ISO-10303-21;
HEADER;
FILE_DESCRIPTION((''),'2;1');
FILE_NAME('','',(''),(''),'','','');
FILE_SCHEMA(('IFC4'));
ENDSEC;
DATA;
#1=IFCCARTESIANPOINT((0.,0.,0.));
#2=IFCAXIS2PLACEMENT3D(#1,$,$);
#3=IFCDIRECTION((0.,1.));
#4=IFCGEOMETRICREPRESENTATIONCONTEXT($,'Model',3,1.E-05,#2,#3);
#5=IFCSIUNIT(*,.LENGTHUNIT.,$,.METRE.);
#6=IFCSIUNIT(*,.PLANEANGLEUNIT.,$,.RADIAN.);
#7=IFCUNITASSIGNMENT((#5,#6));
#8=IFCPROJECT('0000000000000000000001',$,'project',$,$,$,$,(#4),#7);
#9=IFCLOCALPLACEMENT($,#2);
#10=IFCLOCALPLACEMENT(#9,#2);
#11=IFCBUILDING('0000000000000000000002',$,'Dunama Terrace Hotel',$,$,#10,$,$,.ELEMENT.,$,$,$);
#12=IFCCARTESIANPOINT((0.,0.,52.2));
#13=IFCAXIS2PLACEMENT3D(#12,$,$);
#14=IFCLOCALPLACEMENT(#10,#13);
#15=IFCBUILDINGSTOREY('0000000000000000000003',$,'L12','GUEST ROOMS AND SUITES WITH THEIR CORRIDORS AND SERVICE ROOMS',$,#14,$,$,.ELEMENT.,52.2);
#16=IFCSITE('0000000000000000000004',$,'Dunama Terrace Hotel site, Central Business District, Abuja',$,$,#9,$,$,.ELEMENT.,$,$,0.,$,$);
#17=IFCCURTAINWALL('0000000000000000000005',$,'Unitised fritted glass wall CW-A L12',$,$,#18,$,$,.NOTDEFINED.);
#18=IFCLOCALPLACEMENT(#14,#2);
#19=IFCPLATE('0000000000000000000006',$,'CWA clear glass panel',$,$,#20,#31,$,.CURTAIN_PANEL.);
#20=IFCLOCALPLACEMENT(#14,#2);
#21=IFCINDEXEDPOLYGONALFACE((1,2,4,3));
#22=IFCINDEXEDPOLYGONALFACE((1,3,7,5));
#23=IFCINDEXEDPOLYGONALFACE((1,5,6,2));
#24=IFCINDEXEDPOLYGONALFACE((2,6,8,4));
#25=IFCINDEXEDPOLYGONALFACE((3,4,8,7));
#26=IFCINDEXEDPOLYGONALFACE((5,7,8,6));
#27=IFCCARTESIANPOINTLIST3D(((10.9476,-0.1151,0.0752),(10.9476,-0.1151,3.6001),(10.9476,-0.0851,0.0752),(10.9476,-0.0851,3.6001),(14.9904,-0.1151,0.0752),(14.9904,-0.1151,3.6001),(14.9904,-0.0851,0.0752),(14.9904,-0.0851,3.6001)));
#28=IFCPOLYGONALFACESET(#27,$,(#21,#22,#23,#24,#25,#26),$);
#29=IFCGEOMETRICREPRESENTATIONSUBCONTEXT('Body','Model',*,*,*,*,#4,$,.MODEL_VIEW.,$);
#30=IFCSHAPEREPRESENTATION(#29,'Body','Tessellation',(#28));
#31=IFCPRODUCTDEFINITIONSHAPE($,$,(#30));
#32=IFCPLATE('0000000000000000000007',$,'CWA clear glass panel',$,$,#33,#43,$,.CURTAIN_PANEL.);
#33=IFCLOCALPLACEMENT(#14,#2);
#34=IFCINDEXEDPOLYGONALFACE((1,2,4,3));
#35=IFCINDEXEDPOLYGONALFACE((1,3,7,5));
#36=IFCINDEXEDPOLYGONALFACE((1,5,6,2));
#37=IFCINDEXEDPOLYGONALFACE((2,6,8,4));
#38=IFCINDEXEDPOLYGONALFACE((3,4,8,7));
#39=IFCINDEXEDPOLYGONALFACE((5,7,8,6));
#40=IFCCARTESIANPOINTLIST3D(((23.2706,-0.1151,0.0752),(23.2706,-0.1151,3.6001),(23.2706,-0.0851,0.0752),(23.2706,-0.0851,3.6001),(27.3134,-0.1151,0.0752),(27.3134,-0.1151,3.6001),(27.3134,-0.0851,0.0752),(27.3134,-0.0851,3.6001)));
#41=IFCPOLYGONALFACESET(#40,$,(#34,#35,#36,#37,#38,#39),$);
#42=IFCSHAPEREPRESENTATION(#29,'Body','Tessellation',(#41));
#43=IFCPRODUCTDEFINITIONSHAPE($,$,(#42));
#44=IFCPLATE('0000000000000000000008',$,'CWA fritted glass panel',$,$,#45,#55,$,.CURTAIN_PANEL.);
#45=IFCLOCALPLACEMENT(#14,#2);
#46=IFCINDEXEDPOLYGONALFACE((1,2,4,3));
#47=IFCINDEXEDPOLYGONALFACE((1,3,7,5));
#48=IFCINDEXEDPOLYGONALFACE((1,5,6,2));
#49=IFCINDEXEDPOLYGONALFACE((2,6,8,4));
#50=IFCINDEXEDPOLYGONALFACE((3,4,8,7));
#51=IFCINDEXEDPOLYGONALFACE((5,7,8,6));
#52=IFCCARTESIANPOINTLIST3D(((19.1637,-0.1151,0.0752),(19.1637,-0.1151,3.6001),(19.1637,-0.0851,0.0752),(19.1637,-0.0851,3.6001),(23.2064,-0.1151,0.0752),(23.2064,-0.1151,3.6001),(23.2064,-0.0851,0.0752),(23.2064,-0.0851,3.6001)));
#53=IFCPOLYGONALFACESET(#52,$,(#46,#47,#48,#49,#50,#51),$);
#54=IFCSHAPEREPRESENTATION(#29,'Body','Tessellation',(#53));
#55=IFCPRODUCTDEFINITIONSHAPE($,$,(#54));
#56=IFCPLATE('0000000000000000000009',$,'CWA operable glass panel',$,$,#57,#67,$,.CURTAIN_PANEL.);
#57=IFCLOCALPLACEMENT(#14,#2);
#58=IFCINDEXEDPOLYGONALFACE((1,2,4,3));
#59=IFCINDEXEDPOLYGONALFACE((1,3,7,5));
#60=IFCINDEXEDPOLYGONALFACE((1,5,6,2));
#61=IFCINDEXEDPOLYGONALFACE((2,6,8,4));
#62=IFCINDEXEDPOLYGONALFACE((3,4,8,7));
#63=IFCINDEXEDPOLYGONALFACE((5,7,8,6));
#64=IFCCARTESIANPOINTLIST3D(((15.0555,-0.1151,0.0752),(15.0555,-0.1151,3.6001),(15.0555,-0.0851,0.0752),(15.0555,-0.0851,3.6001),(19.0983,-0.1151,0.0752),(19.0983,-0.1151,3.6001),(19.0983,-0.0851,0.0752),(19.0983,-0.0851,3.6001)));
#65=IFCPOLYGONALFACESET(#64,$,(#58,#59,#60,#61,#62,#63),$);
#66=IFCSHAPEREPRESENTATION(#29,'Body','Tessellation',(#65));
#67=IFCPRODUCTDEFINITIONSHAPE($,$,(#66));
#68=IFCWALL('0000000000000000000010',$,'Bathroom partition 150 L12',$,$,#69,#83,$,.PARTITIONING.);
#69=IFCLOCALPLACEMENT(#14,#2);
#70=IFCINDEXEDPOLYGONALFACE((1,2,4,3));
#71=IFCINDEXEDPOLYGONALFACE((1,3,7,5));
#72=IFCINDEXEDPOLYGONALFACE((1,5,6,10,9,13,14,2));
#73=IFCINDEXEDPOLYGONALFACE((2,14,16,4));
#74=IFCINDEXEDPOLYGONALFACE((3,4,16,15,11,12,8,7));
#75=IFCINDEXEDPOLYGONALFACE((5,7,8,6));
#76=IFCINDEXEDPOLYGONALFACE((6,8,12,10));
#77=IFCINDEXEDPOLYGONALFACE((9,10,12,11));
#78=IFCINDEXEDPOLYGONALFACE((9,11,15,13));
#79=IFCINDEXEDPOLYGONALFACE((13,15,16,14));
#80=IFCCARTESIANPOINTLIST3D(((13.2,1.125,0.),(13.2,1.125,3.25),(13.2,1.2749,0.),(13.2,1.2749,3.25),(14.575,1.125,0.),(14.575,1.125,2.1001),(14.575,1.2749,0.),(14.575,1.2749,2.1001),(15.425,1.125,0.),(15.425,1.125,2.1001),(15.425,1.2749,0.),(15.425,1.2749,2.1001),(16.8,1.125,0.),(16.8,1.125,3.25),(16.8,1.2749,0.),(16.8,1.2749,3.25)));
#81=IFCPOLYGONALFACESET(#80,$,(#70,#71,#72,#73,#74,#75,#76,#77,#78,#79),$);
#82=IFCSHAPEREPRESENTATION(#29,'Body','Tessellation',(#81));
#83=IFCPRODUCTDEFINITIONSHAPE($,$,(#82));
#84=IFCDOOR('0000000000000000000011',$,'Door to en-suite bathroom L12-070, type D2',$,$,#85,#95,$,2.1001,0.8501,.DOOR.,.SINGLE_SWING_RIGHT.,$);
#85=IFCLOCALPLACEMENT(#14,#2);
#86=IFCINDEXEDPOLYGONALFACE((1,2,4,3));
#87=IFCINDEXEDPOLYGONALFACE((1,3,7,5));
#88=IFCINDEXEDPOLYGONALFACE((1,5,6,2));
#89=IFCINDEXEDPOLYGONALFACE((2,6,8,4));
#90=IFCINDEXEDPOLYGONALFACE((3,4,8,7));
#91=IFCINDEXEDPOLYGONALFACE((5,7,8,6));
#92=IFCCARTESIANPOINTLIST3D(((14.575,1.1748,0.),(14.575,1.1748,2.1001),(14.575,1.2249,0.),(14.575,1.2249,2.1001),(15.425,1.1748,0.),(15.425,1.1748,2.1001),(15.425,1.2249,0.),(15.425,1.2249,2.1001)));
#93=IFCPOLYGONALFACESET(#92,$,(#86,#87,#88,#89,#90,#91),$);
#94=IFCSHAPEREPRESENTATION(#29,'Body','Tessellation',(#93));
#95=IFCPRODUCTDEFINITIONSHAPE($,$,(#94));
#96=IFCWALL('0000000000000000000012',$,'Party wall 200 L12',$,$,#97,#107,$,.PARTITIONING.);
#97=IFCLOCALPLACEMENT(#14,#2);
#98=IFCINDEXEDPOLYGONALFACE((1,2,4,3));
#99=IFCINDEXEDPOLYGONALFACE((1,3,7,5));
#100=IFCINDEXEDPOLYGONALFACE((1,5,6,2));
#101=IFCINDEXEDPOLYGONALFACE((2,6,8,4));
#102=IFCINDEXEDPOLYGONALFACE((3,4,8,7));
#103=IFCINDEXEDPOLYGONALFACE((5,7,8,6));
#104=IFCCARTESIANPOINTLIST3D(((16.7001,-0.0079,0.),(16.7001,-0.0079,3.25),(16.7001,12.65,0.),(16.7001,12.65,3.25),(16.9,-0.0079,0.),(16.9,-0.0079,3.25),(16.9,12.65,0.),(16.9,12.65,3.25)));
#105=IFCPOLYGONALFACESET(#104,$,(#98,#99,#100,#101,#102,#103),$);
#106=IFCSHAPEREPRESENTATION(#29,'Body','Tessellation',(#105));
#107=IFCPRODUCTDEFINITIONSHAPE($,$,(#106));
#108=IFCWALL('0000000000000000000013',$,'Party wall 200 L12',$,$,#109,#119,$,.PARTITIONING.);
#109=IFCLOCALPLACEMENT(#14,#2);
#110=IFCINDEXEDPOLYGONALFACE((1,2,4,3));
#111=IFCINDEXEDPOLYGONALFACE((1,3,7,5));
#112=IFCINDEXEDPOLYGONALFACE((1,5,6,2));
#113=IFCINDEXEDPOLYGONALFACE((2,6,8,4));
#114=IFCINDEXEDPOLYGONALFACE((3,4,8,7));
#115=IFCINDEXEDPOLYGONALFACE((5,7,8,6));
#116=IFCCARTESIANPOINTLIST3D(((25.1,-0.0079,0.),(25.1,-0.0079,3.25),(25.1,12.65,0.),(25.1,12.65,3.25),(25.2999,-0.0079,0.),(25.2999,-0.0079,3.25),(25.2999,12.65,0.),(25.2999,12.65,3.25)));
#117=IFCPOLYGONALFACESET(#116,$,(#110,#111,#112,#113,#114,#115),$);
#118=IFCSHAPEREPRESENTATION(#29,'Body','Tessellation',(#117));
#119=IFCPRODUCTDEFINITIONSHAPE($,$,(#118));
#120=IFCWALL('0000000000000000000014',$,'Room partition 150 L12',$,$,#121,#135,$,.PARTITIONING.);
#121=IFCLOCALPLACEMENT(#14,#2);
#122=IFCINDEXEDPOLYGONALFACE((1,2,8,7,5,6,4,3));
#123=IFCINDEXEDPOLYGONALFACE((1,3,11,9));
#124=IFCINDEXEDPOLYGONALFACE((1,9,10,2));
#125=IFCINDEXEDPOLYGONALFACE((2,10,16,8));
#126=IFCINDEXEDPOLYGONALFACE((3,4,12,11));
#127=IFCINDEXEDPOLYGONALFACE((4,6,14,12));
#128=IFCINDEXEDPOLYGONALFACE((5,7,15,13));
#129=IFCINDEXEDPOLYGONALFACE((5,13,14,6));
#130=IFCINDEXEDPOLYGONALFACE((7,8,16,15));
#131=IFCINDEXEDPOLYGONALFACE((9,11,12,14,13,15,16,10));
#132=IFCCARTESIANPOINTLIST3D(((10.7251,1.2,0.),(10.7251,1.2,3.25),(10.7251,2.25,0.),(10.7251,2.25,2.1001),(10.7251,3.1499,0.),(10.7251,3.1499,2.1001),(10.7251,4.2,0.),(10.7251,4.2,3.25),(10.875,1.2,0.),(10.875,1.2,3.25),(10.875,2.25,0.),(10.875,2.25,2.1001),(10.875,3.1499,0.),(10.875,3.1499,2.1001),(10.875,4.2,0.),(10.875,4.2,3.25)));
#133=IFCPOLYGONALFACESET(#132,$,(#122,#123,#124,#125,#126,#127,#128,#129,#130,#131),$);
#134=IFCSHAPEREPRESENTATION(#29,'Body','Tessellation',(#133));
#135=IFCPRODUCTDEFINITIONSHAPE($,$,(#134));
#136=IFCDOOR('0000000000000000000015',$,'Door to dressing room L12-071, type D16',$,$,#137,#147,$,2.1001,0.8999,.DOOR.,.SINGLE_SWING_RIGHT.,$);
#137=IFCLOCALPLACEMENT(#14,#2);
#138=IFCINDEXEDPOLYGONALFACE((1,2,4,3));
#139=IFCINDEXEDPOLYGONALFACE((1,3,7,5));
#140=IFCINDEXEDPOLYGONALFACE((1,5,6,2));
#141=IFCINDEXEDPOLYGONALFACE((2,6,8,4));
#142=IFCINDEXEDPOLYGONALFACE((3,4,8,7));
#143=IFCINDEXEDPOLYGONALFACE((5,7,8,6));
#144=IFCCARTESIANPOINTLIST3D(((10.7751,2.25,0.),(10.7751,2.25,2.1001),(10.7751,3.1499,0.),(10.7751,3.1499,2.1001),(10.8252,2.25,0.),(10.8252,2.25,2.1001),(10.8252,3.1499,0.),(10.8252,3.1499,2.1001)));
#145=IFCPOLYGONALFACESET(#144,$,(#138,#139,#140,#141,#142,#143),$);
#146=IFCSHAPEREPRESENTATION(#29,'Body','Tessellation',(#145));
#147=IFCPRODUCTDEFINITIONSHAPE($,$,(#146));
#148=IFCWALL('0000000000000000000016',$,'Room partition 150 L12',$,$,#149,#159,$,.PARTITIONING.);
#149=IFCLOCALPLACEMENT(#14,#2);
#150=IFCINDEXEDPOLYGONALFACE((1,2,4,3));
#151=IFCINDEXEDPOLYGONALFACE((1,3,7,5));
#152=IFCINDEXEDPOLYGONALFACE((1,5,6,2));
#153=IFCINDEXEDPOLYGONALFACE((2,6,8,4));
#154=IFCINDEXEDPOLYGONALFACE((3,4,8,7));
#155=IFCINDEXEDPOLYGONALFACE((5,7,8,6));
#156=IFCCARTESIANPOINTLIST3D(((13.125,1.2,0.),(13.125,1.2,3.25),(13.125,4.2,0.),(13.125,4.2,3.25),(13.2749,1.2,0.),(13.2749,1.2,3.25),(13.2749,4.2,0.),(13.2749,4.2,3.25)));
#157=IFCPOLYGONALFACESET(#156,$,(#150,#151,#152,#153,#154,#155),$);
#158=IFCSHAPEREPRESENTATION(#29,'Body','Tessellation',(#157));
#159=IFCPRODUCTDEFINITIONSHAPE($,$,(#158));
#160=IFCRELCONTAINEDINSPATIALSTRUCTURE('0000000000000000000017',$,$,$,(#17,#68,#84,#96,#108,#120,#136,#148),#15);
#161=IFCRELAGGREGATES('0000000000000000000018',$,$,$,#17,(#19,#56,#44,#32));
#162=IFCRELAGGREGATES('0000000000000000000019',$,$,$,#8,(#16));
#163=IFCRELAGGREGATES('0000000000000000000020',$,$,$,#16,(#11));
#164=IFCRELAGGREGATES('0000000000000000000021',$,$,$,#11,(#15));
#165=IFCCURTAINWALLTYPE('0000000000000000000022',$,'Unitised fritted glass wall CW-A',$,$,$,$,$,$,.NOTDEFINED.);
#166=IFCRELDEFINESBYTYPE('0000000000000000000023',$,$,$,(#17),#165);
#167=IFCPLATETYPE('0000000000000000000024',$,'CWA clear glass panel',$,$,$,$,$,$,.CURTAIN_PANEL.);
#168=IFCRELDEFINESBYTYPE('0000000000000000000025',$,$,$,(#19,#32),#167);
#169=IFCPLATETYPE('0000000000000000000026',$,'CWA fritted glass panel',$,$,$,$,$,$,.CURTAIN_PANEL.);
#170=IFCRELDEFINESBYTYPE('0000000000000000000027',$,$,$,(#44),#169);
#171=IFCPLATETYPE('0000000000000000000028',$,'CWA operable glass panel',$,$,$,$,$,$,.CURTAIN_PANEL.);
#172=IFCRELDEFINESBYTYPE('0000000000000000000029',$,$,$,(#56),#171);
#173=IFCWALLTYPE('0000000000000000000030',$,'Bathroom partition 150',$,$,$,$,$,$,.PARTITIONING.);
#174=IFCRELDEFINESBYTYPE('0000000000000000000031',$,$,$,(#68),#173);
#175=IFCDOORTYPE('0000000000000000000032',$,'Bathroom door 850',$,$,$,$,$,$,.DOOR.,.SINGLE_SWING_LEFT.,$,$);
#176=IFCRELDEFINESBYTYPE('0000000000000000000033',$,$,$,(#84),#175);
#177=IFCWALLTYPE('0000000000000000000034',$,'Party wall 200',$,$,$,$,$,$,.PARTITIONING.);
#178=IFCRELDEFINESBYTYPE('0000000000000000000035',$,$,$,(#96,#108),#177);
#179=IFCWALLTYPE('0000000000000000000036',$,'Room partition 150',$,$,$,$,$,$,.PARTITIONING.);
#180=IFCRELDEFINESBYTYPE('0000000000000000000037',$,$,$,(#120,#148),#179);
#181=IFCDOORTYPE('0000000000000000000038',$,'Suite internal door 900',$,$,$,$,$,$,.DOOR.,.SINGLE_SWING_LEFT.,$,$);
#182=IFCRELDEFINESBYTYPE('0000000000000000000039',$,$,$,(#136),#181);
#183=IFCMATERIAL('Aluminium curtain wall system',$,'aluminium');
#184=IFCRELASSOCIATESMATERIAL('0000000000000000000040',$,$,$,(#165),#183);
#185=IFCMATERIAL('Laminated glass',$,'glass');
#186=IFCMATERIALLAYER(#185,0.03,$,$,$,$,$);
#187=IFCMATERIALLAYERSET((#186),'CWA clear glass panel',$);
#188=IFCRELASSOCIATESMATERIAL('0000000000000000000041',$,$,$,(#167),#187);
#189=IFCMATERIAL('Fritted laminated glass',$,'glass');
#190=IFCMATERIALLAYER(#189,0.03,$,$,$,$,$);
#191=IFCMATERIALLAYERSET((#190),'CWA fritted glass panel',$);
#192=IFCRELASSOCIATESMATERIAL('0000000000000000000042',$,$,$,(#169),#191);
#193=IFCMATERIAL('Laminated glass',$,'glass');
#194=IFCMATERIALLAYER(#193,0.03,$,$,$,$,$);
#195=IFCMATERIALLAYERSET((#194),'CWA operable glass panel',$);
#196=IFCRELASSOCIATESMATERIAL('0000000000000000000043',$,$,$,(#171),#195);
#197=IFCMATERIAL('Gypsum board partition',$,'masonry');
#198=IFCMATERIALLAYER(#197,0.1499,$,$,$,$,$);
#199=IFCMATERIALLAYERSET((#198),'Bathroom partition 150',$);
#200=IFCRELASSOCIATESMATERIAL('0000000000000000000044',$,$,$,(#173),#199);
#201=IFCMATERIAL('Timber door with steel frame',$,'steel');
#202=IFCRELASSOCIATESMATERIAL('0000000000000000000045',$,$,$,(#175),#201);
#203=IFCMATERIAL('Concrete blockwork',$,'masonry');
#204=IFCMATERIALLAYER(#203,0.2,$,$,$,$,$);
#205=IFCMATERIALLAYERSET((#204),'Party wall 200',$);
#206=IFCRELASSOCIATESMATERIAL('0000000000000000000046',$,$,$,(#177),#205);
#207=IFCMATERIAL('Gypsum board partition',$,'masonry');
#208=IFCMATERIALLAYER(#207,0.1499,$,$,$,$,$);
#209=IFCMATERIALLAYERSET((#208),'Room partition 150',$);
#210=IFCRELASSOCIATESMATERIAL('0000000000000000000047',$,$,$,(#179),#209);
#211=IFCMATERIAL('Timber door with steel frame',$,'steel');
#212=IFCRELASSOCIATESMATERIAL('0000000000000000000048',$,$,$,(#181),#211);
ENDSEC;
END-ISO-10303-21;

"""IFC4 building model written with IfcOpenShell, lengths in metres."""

from ifc_helpers import new_model, si_unit, direction, frame, frame_2d, origin, origin_2d, place, context, subcontext, project, spatial, rectangle, extrude, material, layer, layer_set, type_object, element, fill, aggregate, save


model = new_model("IFC4")

# Units and contexts
model_context = context("Model", 3, precision=1e-05, world=origin(), true_north=direction((0.0, 1.0)))
body_context = subcontext(model_context, "Body", "Model", "MODEL_VIEW")
ifc_project = project(units=[si_unit("LENGTHUNIT", "METRE"), si_unit("PLANEANGLEUNIT", "RADIAN")], contexts=[model_context])

# Site, building, storey
site_placement = place(None, origin())
site = spatial("IfcSite", under=ifc_project, at=site_placement, Name="Dunama Terrace Hotel site, Central Business District, Abuja", CompositionType="ELEMENT", RefElevation=0.0)
building_placement = place(site_placement, origin())
building = spatial("IfcBuilding", under=site, at=building_placement, Name="Dunama Terrace Hotel", CompositionType="ELEMENT")
storey_placement = place(building_placement, frame((0.0, 0.0, 52.2)))
storey = spatial("IfcBuildingStorey", under=building, at=storey_placement, Name="L12", Description="GUEST ROOMS AND SUITES WITH THEIR CORRIDORS AND SERVICE ROOMS", CompositionType="ELEMENT", Elevation=52.2)

# Curtain wall
ifc_material_1 = material(Name="Aluminium curtain wall system", Category="aluminium")
curtain_wall_type = type_object("IfcCurtainWallType", Name="Unitised fritted glass wall CW-A", PredefinedType="NOTDEFINED", material=ifc_material_1)
curtain_wall_placement = place(storey_placement, origin())
curtain_wall = element("IfcCurtainWall", 1, at=curtain_wall_placement, inside=storey, type_object=curtain_wall_type, Name="Unitised fritted glass wall CW-A L12", PredefinedType="NOTDEFINED")

# Plates
ifc_material_2 = material(Name="Laminated glass", Category="glass")
ifc_layer_1 = layer(ifc_material_2, 0.03)
ifc_layer_set_1 = layer_set([ifc_layer_1], Name="CWA clear glass panel")
plate_type_1 = type_object("IfcPlateType", Name="CWA clear glass panel", PredefinedType="CURTAIN_PANEL", material=ifc_layer_set_1)
plate_1_placement = place(storey_placement, frame((12.969, -0.1001, 0.0752), z_axis=(0.0, 0.0, 1.0), x_axis=(1.0, 0.0, 0.0)))
plate_1 = element("IfcPlate", 2, at=plate_1_placement, type_object=plate_type_1, Name="CWA clear glass panel", PredefinedType="CURTAIN_PANEL", context=body_context, shape_type="SweptSolid", body=[
    extrude(rectangle(XDim=4.0427, YDim=0.03, at=origin_2d()), origin(), (0.0, 0.0, 1.0), 3.5249),
])
plate_2_placement = place(storey_placement, frame((25.292, -0.1001, 0.0752), z_axis=(0.0, 0.0, 1.0), x_axis=(1.0, 0.0, 0.0)))
plate_2 = element("IfcPlate", 3, at=plate_2_placement, type_object=plate_type_1, Name="CWA clear glass panel", PredefinedType="CURTAIN_PANEL", context=body_context, shape_type="SweptSolid", body=[
    extrude(rectangle(XDim=4.0427, YDim=0.03, at=origin_2d()), origin(), (0.0, 0.0, 1.0), 3.5249),
])
ifc_material_3 = material(Name="Fritted laminated glass", Category="glass")
ifc_layer_2 = layer(ifc_material_3, 0.03)
ifc_layer_set_2 = layer_set([ifc_layer_2], Name="CWA fritted glass panel")
plate_type_2 = type_object("IfcPlateType", Name="CWA fritted glass panel", PredefinedType="CURTAIN_PANEL", material=ifc_layer_set_2)
plate_3_placement = place(storey_placement, frame((21.1851, -0.1001, 0.0752), z_axis=(0.0, 0.0, 1.0), x_axis=(1.0, 0.0, 0.0)))
plate_3 = element("IfcPlate", 4, at=plate_3_placement, type_object=plate_type_2, Name="CWA fritted glass panel", PredefinedType="CURTAIN_PANEL", context=body_context, shape_type="SweptSolid", body=[
    extrude(rectangle(XDim=4.0427, YDim=0.03, at=origin_2d()), origin(), (0.0, 0.0, 1.0), 3.5249),
])
ifc_material_4 = material(Name="Laminated glass", Category="glass")
ifc_layer_3 = layer(ifc_material_4, 0.03)
ifc_layer_set_3 = layer_set([ifc_layer_3], Name="CWA operable glass panel")
plate_type_3 = type_object("IfcPlateType", Name="CWA operable glass panel", PredefinedType="CURTAIN_PANEL", material=ifc_layer_set_3)
plate_4_placement = place(storey_placement, frame((17.0769, -0.1001, 0.0752), z_axis=(0.0, 0.0, 1.0), x_axis=(1.0, 0.0, 0.0)))
plate_4 = element("IfcPlate", 5, at=plate_4_placement, type_object=plate_type_3, Name="CWA operable glass panel", PredefinedType="CURTAIN_PANEL", context=body_context, shape_type="SweptSolid", body=[
    extrude(rectangle(XDim=4.0427, YDim=0.03, at=origin_2d()), origin(), (0.0, 0.0, 1.0), 3.5249),
])
aggregate(curtain_wall, [plate_1, plate_4, plate_3, plate_2])

# Wall, opening, door
ifc_material_5 = material(Name="Gypsum board partition", Category="masonry")
ifc_layer_4 = layer(ifc_material_5, 0.1499)
ifc_layer_set_4 = layer_set([ifc_layer_4], Name="Bathroom partition 150")
wall_type_1 = type_object("IfcWallType", Name="Bathroom partition 150", PredefinedType="PARTITIONING", material=ifc_layer_set_4)
wall_1_placement = place(storey_placement, frame((13.2, 1.2, 0.0), z_axis=(0.0, 0.0, 1.0), x_axis=(1.0, 0.0, 0.0)))
wall_1 = element("IfcWall", 6, at=wall_1_placement, inside=storey, type_object=wall_type_1, Name="Bathroom partition 150 L12", PredefinedType="PARTITIONING", context=body_context, shape_type="SweptSolid", body=[
    extrude(rectangle(XDim=3.6001, YDim=0.1499, at=frame_2d((1.8, 0.0))), origin(), (0.0, 0.0, 1.0), 3.25),
])
opening_1_placement = place(wall_1_placement, frame((1.375, 0.0, 0.0)))
opening_1 = element("IfcOpeningElement", 7, at=opening_1_placement, cuts=wall_1, PredefinedType="OPENING", context=body_context, shape_type="SweptSolid", body=[
    extrude(rectangle(XDim=0.8501, YDim=2.1001, at=frame_2d((0.425, 1.05))), frame((0.0, 0.085, 0.0), z_axis=(0.0, -1.0, 0.0), x_axis=(1.0, 0.0, 0.0)), (0.0, 0.0, 1.0), 0.1699),
])
ifc_material_6 = material(Name="Timber door with steel frame", Category="steel")
door_type_1 = type_object("IfcDoorType", Name="Bathroom door 850", OperationType="SINGLE_SWING_LEFT", PredefinedType="DOOR", material=ifc_material_6)
door_1_placement = place(opening_1_placement, origin())
door_1 = element("IfcDoor", 8, at=door_1_placement, inside=storey, type_object=door_type_1, Name="Door to en-suite bathroom L12-070, type D2", OperationType="SINGLE_SWING_RIGHT", OverallHeight=2.1001, OverallWidth=0.8501, PredefinedType="DOOR", context=body_context, shape_type="SweptSolid", body=[
    extrude(rectangle(XDim=0.8501, YDim=2.1001, at=frame_2d((0.425, 1.05))), frame((0.0, 0.0249, 0.0), z_axis=(0.0, -1.0, 0.0), x_axis=(1.0, 0.0, 0.0)), (0.0, 0.0, 1.0), 0.05),
])
fill(opening_1, door_1)

# Walls
ifc_material_7 = material(Name="Concrete blockwork", Category="masonry")
ifc_layer_5 = layer(ifc_material_7, 0.2)
ifc_layer_set_5 = layer_set([ifc_layer_5], Name="Party wall 200")
wall_type_2 = type_object("IfcWallType", Name="Party wall 200", PredefinedType="PARTITIONING", material=ifc_layer_set_5)
for number, where, z_axis, x_axis, name in (
    (9, (16.8, -0.0081, 0.0), (0.0, 0.0, 1.0), (0.0, 1.0, 0.0), "Party wall 200 L12"),
    (10, (25.2, -0.0081, 0.0), (0.0, 0.0, 1.0), (0.0, 1.0, 0.0), "Party wall 200 L12"),
):
    element("IfcWall", number, at=place(storey_placement, frame(where, z_axis=z_axis, x_axis=x_axis)), inside=storey, type_object=wall_type_2, Name=name, PredefinedType="PARTITIONING", context=body_context, shape_type="SweptSolid", body=[
        extrude(rectangle(XDim=12.658, YDim=0.2, at=frame_2d((6.3291, 0.0))), origin(), (0.0, 0.0, 1.0), 3.25),
    ])

# Wall, opening, door
ifc_material_8 = material(Name="Gypsum board partition", Category="masonry")
ifc_layer_6 = layer(ifc_material_8, 0.1499)
ifc_layer_set_6 = layer_set([ifc_layer_6], Name="Room partition 150")
wall_type_3 = type_object("IfcWallType", Name="Room partition 150", PredefinedType="PARTITIONING", material=ifc_layer_set_6)
wall_2_placement = place(storey_placement, frame((10.8, 1.2, 0.0), z_axis=(0.0, 0.0, 1.0), x_axis=(0.0, 1.0, 0.0)))
wall_2 = element("IfcWall", 11, at=wall_2_placement, inside=storey, type_object=wall_type_3, Name="Room partition 150 L12", PredefinedType="PARTITIONING", context=body_context, shape_type="SweptSolid", body=[
    extrude(rectangle(XDim=3.0, YDim=0.1499, at=frame_2d((1.5, 0.0))), origin(), (0.0, 0.0, 1.0), 3.25),
])
opening_2_placement = place(wall_2_placement, frame((1.05, 0.0, 0.0)))
opening_2 = element("IfcOpeningElement", 12, at=opening_2_placement, cuts=wall_2, PredefinedType="OPENING", context=body_context, shape_type="SweptSolid", body=[
    extrude(rectangle(XDim=0.8999, YDim=2.1001, at=frame_2d((0.45, 1.05))), frame((0.0, 0.085, 0.0), z_axis=(0.0, -1.0, 0.0), x_axis=(1.0, 0.0, 0.0)), (0.0, 0.0, 1.0), 0.1699),
])
ifc_material_9 = material(Name="Timber door with steel frame", Category="steel")
door_type_2 = type_object("IfcDoorType", Name="Suite internal door 900", OperationType="SINGLE_SWING_LEFT", PredefinedType="DOOR", material=ifc_material_9)
door_2_placement = place(opening_2_placement, frame((0.8999, 0.0, 0.0), z_axis=(0.0, 0.0, 1.0), x_axis=(-1.0, 0.0, 0.0)))
door_2 = element("IfcDoor", 13, at=door_2_placement, inside=storey, type_object=door_type_2, Name="Door to dressing room L12-071, type D16", OperationType="SINGLE_SWING_RIGHT", OverallHeight=2.1001, OverallWidth=0.8999, PredefinedType="DOOR", context=body_context, shape_type="SweptSolid", body=[
    extrude(rectangle(XDim=0.8999, YDim=2.1001, at=frame_2d((0.45, 1.05))), frame((0.0, 0.0251, 0.0), z_axis=(0.0, -1.0, 0.0), x_axis=(1.0, 0.0, 0.0)), (0.0, 0.0, 1.0), 0.05),
])
fill(opening_2, door_2)

# Wall
wall_3_placement = place(storey_placement, frame((13.2, 1.2, 0.0), z_axis=(0.0, 0.0, 1.0), x_axis=(0.0, 1.0, 0.0)))
element("IfcWall", 14, at=wall_3_placement, inside=storey, type_object=wall_type_3, Name="Room partition 150 L12", PredefinedType="PARTITIONING", context=body_context, shape_type="SweptSolid", body=[
    extrude(rectangle(XDim=3.0, YDim=0.1499, at=frame_2d((1.5, 0.0))), origin(), (0.0, 0.0, 1.0), 3.25),
])

save(model, "model.ifc")
